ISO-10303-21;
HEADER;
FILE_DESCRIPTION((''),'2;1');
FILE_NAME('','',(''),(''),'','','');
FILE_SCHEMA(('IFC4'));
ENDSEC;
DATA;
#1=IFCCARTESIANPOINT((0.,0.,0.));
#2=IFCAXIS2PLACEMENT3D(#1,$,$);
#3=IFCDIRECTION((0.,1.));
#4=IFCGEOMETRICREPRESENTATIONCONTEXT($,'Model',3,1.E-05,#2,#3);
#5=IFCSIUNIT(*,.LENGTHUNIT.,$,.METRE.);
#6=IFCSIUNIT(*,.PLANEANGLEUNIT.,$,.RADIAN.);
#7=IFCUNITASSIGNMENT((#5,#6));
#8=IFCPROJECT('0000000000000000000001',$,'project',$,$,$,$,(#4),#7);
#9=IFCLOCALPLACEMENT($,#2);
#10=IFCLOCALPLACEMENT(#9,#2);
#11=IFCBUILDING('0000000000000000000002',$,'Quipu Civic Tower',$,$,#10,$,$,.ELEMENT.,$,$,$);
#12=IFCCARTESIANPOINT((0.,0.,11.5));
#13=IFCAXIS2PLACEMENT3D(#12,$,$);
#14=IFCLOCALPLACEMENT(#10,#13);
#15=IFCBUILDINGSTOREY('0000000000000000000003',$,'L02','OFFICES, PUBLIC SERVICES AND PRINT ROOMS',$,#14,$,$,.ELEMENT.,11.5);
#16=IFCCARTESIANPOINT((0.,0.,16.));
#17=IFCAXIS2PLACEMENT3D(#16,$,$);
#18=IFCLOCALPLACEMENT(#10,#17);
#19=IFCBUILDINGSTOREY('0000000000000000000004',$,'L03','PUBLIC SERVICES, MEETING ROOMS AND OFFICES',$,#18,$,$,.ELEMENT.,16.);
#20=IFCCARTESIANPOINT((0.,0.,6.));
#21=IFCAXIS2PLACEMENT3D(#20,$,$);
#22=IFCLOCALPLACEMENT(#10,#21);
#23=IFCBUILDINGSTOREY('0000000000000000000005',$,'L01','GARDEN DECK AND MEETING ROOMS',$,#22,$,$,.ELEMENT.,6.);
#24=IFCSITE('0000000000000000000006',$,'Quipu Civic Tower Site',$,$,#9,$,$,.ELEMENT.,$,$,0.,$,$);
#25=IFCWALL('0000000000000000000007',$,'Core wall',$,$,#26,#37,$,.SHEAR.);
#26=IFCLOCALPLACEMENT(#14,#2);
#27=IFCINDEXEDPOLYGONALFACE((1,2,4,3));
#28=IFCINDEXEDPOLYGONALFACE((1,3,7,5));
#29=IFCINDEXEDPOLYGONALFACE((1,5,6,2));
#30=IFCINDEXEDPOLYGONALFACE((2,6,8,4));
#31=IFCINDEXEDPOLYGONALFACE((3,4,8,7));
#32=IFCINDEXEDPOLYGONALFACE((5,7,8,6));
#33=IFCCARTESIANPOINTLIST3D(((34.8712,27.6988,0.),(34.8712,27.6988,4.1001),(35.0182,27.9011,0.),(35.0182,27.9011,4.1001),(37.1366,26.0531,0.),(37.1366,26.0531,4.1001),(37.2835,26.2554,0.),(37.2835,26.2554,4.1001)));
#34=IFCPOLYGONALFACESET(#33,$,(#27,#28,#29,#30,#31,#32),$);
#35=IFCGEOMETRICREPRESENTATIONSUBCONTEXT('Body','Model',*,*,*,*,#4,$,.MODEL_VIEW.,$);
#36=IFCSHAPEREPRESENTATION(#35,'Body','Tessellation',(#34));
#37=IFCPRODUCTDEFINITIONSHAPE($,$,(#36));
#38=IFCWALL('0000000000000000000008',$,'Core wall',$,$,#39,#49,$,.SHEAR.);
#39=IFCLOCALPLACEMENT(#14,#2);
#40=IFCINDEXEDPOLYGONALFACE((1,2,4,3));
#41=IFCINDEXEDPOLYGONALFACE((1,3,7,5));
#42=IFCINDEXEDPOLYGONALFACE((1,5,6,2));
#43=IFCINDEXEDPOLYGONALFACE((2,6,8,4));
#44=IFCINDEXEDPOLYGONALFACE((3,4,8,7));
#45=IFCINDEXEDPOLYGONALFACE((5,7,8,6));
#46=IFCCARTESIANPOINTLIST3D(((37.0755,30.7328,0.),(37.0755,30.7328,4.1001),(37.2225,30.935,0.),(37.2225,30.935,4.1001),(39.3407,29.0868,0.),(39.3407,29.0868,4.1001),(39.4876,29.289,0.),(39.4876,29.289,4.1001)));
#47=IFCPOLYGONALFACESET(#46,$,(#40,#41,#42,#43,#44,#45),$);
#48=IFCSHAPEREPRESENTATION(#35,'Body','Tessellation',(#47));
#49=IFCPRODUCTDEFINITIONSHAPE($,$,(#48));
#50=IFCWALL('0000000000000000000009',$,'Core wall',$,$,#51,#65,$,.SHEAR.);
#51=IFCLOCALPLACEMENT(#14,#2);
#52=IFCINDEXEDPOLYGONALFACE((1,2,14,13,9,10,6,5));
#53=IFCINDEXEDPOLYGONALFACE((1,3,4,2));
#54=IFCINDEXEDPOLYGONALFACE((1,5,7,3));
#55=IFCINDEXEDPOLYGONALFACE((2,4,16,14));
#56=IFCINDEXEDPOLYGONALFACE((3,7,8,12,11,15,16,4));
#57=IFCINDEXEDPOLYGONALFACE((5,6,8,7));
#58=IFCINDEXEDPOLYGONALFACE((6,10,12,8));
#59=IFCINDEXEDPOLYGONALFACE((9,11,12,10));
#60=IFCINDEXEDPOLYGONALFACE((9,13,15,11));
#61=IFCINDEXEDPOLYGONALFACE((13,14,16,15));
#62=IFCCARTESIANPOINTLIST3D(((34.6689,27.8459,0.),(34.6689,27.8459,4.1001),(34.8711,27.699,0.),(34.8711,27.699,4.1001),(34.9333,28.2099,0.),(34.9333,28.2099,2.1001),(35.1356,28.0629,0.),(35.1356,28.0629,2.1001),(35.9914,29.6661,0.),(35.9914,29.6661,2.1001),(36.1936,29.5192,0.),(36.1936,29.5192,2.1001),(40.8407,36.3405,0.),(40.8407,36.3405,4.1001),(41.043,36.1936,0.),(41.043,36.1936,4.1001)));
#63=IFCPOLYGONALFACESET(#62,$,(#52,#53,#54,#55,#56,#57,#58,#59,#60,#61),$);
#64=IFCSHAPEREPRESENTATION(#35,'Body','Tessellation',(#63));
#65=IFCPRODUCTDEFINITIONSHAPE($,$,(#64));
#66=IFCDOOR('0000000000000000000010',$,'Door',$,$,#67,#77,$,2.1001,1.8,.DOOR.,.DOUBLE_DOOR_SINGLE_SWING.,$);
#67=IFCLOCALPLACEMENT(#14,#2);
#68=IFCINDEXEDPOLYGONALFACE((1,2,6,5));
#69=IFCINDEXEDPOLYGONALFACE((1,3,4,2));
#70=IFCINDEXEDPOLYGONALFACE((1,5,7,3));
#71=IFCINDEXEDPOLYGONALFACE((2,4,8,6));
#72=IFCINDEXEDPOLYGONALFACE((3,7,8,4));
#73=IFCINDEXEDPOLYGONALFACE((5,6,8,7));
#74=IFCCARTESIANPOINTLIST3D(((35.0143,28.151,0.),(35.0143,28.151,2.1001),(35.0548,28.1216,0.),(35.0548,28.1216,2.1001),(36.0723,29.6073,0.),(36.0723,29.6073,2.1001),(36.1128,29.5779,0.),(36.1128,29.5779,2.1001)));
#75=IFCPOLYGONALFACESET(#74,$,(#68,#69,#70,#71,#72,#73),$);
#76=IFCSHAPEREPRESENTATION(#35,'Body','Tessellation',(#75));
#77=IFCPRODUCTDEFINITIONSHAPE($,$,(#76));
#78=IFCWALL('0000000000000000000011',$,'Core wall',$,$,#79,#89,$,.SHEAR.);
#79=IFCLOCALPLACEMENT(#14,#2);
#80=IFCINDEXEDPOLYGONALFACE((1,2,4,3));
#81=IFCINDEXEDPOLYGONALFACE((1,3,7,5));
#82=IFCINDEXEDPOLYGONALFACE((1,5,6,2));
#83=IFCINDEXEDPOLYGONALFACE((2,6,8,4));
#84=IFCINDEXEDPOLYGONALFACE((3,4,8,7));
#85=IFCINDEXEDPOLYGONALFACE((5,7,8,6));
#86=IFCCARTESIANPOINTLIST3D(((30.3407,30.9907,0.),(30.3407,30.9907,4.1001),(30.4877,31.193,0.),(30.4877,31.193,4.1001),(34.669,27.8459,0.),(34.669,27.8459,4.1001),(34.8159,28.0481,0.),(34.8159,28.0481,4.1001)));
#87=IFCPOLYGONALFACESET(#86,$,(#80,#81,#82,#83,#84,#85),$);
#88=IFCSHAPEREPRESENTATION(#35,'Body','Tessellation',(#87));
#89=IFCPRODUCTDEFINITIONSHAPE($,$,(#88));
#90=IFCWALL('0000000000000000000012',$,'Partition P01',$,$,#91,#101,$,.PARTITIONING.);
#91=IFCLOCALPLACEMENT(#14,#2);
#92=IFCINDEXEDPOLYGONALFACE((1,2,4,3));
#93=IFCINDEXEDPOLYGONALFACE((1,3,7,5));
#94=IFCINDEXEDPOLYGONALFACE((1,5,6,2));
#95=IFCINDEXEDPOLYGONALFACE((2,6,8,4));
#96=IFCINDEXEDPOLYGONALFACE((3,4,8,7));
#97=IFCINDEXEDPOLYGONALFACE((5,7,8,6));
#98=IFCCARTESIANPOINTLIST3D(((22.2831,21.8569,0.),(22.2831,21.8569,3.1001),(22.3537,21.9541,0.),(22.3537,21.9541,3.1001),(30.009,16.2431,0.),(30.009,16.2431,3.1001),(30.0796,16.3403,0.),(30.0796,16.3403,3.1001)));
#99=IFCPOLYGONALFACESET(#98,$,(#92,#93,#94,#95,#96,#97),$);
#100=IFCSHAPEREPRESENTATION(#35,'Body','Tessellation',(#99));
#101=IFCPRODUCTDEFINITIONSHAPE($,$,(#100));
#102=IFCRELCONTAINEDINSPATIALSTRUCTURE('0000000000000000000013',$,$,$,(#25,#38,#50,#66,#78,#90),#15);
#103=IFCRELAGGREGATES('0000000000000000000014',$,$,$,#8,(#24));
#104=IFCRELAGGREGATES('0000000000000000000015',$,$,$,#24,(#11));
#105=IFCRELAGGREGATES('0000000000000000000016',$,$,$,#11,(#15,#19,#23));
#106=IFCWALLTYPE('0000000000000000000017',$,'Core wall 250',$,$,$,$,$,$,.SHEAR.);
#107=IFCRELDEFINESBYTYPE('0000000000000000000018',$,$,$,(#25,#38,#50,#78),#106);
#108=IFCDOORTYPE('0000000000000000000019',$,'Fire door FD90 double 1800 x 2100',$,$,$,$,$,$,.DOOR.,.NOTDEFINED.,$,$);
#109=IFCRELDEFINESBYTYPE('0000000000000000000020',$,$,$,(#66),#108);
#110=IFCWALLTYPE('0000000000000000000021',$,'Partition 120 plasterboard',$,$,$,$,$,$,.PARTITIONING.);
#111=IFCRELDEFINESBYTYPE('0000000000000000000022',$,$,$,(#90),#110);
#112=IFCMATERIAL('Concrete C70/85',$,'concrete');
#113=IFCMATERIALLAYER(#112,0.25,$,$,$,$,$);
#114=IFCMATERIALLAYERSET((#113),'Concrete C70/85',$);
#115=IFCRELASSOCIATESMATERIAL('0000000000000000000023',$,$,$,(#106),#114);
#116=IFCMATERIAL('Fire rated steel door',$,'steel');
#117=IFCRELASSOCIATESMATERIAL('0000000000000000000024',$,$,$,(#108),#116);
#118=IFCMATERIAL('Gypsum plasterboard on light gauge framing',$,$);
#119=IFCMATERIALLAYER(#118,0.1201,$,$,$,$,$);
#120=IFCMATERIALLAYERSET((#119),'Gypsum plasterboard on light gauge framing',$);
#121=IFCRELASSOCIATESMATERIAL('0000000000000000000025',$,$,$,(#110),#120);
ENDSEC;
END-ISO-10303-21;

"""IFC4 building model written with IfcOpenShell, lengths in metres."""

from ifc_helpers import new_model, si_unit, direction, frame, frame_2d, origin, place, context, subcontext, project, spatial, rectangle, extrude, material, layer, layer_set, type_object, element, fill, save


model = new_model("IFC4")

# Units and contexts
model_context = context("Model", 3, precision=1e-05, world=origin(), true_north=direction((0.0, 1.0)))
body_context = subcontext(model_context, "Body", "Model", "MODEL_VIEW")
ifc_project = project(units=[si_unit("LENGTHUNIT", "METRE"), si_unit("PLANEANGLEUNIT", "RADIAN")], contexts=[model_context])

# Site, building, storey
site_placement = place(None, origin())
site = spatial("IfcSite", under=ifc_project, at=site_placement, Name="Quipu Civic Tower Site", CompositionType="ELEMENT", RefElevation=0.0)
building_placement = place(site_placement, origin())
building = spatial("IfcBuilding", under=site, at=building_placement, Name="Quipu Civic Tower", CompositionType="ELEMENT")
storey_1_placement = place(building_placement, frame((0.0, 0.0, 11.5)))
storey_1 = spatial("IfcBuildingStorey", under=building, at=storey_1_placement, Name="L02", Description="OFFICES, PUBLIC SERVICES AND PRINT ROOMS", CompositionType="ELEMENT", Elevation=11.5)

# Shared definitions
storey_2_placement = place(building_placement, frame((0.0, 0.0, 16.0)))
storey_2 = spatial("IfcBuildingStorey", under=building, at=storey_2_placement, Name="L03", Description="PUBLIC SERVICES, MEETING ROOMS AND OFFICES", CompositionType="ELEMENT", Elevation=16.0)

# Shared definitions
storey_3_placement = place(building_placement, frame((0.0, 0.0, 6.0)))
storey_3 = spatial("IfcBuildingStorey", under=building, at=storey_3_placement, Name="L01", Description="GARDEN DECK AND MEETING ROOMS", CompositionType="ELEMENT", Elevation=6.0)

# Shared definitions
ifc_material_1 = material(Name="Concrete C70/85", Category="concrete")
ifc_layer_1 = layer(ifc_material_1, 0.25)
ifc_layer_set_1 = layer_set([ifc_layer_1], Name="Concrete C70/85")
wall_type_1 = type_object("IfcWallType", Name="Core wall 250", PredefinedType="SHEAR", material=ifc_layer_set_1)
ifc_material_2 = material(Name="Fire rated steel door", Category="steel")
door_type = type_object("IfcDoorType", Name="Fire door FD90 double 1800 x 2100", OperationType="NOTDEFINED", PredefinedType="DOOR", material=ifc_material_2)

# Walls
for number, where, z_axis, x_axis, name in (
    (1, (37.21, 26.1543, 0.0), (0.0, 0.0, 1.0), (-0.809041, 0.587752, 0.0), "Core wall"),
    (2, (39.4141, 29.188, 0.0), (0.0, 0.0, 1.0), (-0.80897, 0.58785, 0.0), "Core wall"),
):
    element("IfcWall", number, at=place(storey_1_placement, frame(where, z_axis=z_axis, x_axis=x_axis)), inside=storey_1, type_object=wall_type_1, Name=name, PredefinedType="SHEAR", context=body_context, shape_type="SweptSolid", body=[
        extrude(rectangle(XDim=2.8, YDim=0.25, at=frame_2d((1.3999, 0.0))), origin(), (0.0, 0.0, 1.0), 4.1001),
    ])

# Wall, opening, door
wall_1_placement = place(storey_1_placement, frame((34.77, 27.7725, 0.0), z_axis=(0.0, 0.0, 1.0), x_axis=(0.587796, 0.809009, 0.0)))
wall_1 = element("IfcWall", 3, at=wall_1_placement, inside=storey_1, type_object=wall_type_1, Name="Core wall", PredefinedType="SHEAR", context=body_context, shape_type="SweptSolid", body=[
    extrude(rectangle(XDim=10.5, YDim=0.25, at=frame_2d((5.25, 0.0))), origin(), (0.0, 0.0, 1.0), 4.1001),
])
opening_1_placement = place(wall_1_placement, frame((0.45, 0.0, 0.0)))
opening_1 = element("IfcOpeningElement", 4, at=opening_1_placement, cuts=wall_1, PredefinedType="OPENING", context=body_context, shape_type="SweptSolid", body=[
    extrude(rectangle(XDim=1.8, YDim=2.1001, at=frame_2d((0.8999, 1.05))), frame((0.0, 0.135, 0.0), z_axis=(0.0, -1.0, 0.0), x_axis=(1.0, 0.0, 0.0)), (0.0, 0.0, 1.0), 0.27),
])
door_1_placement = place(opening_1_placement, origin())
door_1 = element("IfcDoor", 5, at=door_1_placement, inside=storey_1, type_object=door_type, Name="Door", OperationType="DOUBLE_DOOR_SINGLE_SWING", OverallHeight=2.1001, OverallWidth=1.8, PredefinedType="DOOR", context=body_context, shape_type="SweptSolid", body=[
    extrude(rectangle(XDim=1.8, YDim=2.1001, at=frame_2d((0.8999, 1.05))), frame((0.0, 0.0249, 0.0), z_axis=(0.0, -1.0, 0.0), x_axis=(1.0, 0.0, 0.0)), (0.0, 0.0, 1.0), 0.05),
])
fill(opening_1, door_1)

# Walls
wall_2_placement = place(storey_1_placement, frame((34.7424, 27.947, 0.0), z_axis=(0.0, 0.0, 1.0), x_axis=(-0.808998, 0.587811, 0.0)))
element("IfcWall", 6, at=wall_2_placement, inside=storey_1, type_object=wall_type_1, Name="Core wall", PredefinedType="SHEAR", context=body_context, shape_type="SweptSolid", body=[
    extrude(rectangle(XDim=5.3501, YDim=0.25, at=frame_2d((2.675, 0.0))), origin(), (0.0, 0.0, 1.0), 4.1001),
])
ifc_material_3 = material(Name="Gypsum plasterboard on light gauge framing")
ifc_layer_2 = layer(ifc_material_3, 0.1201)
ifc_layer_set_2 = layer_set([ifc_layer_2], Name="Gypsum plasterboard on light gauge framing")
wall_type_2 = type_object("IfcWallType", Name="Partition 120 plasterboard", PredefinedType="PARTITIONING", material=ifc_layer_set_2)
wall_3_placement = place(storey_1_placement, frame((30.0442, 16.2917, 0.0), z_axis=(0.0, 0.0, 1.0), x_axis=(-0.808986, 0.587828, 0.0)))
element("IfcWall", 7, at=wall_3_placement, inside=storey_1, type_object=wall_type_2, Name="Partition P01", PredefinedType="PARTITIONING", context=body_context, shape_type="SweptSolid", body=[
    extrude(rectangle(XDim=9.55, YDim=0.1201, at=frame_2d((4.7749, 0.0))), origin(), (0.0, 0.0, 1.0), 3.1001),
])

save(model, "model.ifc")
